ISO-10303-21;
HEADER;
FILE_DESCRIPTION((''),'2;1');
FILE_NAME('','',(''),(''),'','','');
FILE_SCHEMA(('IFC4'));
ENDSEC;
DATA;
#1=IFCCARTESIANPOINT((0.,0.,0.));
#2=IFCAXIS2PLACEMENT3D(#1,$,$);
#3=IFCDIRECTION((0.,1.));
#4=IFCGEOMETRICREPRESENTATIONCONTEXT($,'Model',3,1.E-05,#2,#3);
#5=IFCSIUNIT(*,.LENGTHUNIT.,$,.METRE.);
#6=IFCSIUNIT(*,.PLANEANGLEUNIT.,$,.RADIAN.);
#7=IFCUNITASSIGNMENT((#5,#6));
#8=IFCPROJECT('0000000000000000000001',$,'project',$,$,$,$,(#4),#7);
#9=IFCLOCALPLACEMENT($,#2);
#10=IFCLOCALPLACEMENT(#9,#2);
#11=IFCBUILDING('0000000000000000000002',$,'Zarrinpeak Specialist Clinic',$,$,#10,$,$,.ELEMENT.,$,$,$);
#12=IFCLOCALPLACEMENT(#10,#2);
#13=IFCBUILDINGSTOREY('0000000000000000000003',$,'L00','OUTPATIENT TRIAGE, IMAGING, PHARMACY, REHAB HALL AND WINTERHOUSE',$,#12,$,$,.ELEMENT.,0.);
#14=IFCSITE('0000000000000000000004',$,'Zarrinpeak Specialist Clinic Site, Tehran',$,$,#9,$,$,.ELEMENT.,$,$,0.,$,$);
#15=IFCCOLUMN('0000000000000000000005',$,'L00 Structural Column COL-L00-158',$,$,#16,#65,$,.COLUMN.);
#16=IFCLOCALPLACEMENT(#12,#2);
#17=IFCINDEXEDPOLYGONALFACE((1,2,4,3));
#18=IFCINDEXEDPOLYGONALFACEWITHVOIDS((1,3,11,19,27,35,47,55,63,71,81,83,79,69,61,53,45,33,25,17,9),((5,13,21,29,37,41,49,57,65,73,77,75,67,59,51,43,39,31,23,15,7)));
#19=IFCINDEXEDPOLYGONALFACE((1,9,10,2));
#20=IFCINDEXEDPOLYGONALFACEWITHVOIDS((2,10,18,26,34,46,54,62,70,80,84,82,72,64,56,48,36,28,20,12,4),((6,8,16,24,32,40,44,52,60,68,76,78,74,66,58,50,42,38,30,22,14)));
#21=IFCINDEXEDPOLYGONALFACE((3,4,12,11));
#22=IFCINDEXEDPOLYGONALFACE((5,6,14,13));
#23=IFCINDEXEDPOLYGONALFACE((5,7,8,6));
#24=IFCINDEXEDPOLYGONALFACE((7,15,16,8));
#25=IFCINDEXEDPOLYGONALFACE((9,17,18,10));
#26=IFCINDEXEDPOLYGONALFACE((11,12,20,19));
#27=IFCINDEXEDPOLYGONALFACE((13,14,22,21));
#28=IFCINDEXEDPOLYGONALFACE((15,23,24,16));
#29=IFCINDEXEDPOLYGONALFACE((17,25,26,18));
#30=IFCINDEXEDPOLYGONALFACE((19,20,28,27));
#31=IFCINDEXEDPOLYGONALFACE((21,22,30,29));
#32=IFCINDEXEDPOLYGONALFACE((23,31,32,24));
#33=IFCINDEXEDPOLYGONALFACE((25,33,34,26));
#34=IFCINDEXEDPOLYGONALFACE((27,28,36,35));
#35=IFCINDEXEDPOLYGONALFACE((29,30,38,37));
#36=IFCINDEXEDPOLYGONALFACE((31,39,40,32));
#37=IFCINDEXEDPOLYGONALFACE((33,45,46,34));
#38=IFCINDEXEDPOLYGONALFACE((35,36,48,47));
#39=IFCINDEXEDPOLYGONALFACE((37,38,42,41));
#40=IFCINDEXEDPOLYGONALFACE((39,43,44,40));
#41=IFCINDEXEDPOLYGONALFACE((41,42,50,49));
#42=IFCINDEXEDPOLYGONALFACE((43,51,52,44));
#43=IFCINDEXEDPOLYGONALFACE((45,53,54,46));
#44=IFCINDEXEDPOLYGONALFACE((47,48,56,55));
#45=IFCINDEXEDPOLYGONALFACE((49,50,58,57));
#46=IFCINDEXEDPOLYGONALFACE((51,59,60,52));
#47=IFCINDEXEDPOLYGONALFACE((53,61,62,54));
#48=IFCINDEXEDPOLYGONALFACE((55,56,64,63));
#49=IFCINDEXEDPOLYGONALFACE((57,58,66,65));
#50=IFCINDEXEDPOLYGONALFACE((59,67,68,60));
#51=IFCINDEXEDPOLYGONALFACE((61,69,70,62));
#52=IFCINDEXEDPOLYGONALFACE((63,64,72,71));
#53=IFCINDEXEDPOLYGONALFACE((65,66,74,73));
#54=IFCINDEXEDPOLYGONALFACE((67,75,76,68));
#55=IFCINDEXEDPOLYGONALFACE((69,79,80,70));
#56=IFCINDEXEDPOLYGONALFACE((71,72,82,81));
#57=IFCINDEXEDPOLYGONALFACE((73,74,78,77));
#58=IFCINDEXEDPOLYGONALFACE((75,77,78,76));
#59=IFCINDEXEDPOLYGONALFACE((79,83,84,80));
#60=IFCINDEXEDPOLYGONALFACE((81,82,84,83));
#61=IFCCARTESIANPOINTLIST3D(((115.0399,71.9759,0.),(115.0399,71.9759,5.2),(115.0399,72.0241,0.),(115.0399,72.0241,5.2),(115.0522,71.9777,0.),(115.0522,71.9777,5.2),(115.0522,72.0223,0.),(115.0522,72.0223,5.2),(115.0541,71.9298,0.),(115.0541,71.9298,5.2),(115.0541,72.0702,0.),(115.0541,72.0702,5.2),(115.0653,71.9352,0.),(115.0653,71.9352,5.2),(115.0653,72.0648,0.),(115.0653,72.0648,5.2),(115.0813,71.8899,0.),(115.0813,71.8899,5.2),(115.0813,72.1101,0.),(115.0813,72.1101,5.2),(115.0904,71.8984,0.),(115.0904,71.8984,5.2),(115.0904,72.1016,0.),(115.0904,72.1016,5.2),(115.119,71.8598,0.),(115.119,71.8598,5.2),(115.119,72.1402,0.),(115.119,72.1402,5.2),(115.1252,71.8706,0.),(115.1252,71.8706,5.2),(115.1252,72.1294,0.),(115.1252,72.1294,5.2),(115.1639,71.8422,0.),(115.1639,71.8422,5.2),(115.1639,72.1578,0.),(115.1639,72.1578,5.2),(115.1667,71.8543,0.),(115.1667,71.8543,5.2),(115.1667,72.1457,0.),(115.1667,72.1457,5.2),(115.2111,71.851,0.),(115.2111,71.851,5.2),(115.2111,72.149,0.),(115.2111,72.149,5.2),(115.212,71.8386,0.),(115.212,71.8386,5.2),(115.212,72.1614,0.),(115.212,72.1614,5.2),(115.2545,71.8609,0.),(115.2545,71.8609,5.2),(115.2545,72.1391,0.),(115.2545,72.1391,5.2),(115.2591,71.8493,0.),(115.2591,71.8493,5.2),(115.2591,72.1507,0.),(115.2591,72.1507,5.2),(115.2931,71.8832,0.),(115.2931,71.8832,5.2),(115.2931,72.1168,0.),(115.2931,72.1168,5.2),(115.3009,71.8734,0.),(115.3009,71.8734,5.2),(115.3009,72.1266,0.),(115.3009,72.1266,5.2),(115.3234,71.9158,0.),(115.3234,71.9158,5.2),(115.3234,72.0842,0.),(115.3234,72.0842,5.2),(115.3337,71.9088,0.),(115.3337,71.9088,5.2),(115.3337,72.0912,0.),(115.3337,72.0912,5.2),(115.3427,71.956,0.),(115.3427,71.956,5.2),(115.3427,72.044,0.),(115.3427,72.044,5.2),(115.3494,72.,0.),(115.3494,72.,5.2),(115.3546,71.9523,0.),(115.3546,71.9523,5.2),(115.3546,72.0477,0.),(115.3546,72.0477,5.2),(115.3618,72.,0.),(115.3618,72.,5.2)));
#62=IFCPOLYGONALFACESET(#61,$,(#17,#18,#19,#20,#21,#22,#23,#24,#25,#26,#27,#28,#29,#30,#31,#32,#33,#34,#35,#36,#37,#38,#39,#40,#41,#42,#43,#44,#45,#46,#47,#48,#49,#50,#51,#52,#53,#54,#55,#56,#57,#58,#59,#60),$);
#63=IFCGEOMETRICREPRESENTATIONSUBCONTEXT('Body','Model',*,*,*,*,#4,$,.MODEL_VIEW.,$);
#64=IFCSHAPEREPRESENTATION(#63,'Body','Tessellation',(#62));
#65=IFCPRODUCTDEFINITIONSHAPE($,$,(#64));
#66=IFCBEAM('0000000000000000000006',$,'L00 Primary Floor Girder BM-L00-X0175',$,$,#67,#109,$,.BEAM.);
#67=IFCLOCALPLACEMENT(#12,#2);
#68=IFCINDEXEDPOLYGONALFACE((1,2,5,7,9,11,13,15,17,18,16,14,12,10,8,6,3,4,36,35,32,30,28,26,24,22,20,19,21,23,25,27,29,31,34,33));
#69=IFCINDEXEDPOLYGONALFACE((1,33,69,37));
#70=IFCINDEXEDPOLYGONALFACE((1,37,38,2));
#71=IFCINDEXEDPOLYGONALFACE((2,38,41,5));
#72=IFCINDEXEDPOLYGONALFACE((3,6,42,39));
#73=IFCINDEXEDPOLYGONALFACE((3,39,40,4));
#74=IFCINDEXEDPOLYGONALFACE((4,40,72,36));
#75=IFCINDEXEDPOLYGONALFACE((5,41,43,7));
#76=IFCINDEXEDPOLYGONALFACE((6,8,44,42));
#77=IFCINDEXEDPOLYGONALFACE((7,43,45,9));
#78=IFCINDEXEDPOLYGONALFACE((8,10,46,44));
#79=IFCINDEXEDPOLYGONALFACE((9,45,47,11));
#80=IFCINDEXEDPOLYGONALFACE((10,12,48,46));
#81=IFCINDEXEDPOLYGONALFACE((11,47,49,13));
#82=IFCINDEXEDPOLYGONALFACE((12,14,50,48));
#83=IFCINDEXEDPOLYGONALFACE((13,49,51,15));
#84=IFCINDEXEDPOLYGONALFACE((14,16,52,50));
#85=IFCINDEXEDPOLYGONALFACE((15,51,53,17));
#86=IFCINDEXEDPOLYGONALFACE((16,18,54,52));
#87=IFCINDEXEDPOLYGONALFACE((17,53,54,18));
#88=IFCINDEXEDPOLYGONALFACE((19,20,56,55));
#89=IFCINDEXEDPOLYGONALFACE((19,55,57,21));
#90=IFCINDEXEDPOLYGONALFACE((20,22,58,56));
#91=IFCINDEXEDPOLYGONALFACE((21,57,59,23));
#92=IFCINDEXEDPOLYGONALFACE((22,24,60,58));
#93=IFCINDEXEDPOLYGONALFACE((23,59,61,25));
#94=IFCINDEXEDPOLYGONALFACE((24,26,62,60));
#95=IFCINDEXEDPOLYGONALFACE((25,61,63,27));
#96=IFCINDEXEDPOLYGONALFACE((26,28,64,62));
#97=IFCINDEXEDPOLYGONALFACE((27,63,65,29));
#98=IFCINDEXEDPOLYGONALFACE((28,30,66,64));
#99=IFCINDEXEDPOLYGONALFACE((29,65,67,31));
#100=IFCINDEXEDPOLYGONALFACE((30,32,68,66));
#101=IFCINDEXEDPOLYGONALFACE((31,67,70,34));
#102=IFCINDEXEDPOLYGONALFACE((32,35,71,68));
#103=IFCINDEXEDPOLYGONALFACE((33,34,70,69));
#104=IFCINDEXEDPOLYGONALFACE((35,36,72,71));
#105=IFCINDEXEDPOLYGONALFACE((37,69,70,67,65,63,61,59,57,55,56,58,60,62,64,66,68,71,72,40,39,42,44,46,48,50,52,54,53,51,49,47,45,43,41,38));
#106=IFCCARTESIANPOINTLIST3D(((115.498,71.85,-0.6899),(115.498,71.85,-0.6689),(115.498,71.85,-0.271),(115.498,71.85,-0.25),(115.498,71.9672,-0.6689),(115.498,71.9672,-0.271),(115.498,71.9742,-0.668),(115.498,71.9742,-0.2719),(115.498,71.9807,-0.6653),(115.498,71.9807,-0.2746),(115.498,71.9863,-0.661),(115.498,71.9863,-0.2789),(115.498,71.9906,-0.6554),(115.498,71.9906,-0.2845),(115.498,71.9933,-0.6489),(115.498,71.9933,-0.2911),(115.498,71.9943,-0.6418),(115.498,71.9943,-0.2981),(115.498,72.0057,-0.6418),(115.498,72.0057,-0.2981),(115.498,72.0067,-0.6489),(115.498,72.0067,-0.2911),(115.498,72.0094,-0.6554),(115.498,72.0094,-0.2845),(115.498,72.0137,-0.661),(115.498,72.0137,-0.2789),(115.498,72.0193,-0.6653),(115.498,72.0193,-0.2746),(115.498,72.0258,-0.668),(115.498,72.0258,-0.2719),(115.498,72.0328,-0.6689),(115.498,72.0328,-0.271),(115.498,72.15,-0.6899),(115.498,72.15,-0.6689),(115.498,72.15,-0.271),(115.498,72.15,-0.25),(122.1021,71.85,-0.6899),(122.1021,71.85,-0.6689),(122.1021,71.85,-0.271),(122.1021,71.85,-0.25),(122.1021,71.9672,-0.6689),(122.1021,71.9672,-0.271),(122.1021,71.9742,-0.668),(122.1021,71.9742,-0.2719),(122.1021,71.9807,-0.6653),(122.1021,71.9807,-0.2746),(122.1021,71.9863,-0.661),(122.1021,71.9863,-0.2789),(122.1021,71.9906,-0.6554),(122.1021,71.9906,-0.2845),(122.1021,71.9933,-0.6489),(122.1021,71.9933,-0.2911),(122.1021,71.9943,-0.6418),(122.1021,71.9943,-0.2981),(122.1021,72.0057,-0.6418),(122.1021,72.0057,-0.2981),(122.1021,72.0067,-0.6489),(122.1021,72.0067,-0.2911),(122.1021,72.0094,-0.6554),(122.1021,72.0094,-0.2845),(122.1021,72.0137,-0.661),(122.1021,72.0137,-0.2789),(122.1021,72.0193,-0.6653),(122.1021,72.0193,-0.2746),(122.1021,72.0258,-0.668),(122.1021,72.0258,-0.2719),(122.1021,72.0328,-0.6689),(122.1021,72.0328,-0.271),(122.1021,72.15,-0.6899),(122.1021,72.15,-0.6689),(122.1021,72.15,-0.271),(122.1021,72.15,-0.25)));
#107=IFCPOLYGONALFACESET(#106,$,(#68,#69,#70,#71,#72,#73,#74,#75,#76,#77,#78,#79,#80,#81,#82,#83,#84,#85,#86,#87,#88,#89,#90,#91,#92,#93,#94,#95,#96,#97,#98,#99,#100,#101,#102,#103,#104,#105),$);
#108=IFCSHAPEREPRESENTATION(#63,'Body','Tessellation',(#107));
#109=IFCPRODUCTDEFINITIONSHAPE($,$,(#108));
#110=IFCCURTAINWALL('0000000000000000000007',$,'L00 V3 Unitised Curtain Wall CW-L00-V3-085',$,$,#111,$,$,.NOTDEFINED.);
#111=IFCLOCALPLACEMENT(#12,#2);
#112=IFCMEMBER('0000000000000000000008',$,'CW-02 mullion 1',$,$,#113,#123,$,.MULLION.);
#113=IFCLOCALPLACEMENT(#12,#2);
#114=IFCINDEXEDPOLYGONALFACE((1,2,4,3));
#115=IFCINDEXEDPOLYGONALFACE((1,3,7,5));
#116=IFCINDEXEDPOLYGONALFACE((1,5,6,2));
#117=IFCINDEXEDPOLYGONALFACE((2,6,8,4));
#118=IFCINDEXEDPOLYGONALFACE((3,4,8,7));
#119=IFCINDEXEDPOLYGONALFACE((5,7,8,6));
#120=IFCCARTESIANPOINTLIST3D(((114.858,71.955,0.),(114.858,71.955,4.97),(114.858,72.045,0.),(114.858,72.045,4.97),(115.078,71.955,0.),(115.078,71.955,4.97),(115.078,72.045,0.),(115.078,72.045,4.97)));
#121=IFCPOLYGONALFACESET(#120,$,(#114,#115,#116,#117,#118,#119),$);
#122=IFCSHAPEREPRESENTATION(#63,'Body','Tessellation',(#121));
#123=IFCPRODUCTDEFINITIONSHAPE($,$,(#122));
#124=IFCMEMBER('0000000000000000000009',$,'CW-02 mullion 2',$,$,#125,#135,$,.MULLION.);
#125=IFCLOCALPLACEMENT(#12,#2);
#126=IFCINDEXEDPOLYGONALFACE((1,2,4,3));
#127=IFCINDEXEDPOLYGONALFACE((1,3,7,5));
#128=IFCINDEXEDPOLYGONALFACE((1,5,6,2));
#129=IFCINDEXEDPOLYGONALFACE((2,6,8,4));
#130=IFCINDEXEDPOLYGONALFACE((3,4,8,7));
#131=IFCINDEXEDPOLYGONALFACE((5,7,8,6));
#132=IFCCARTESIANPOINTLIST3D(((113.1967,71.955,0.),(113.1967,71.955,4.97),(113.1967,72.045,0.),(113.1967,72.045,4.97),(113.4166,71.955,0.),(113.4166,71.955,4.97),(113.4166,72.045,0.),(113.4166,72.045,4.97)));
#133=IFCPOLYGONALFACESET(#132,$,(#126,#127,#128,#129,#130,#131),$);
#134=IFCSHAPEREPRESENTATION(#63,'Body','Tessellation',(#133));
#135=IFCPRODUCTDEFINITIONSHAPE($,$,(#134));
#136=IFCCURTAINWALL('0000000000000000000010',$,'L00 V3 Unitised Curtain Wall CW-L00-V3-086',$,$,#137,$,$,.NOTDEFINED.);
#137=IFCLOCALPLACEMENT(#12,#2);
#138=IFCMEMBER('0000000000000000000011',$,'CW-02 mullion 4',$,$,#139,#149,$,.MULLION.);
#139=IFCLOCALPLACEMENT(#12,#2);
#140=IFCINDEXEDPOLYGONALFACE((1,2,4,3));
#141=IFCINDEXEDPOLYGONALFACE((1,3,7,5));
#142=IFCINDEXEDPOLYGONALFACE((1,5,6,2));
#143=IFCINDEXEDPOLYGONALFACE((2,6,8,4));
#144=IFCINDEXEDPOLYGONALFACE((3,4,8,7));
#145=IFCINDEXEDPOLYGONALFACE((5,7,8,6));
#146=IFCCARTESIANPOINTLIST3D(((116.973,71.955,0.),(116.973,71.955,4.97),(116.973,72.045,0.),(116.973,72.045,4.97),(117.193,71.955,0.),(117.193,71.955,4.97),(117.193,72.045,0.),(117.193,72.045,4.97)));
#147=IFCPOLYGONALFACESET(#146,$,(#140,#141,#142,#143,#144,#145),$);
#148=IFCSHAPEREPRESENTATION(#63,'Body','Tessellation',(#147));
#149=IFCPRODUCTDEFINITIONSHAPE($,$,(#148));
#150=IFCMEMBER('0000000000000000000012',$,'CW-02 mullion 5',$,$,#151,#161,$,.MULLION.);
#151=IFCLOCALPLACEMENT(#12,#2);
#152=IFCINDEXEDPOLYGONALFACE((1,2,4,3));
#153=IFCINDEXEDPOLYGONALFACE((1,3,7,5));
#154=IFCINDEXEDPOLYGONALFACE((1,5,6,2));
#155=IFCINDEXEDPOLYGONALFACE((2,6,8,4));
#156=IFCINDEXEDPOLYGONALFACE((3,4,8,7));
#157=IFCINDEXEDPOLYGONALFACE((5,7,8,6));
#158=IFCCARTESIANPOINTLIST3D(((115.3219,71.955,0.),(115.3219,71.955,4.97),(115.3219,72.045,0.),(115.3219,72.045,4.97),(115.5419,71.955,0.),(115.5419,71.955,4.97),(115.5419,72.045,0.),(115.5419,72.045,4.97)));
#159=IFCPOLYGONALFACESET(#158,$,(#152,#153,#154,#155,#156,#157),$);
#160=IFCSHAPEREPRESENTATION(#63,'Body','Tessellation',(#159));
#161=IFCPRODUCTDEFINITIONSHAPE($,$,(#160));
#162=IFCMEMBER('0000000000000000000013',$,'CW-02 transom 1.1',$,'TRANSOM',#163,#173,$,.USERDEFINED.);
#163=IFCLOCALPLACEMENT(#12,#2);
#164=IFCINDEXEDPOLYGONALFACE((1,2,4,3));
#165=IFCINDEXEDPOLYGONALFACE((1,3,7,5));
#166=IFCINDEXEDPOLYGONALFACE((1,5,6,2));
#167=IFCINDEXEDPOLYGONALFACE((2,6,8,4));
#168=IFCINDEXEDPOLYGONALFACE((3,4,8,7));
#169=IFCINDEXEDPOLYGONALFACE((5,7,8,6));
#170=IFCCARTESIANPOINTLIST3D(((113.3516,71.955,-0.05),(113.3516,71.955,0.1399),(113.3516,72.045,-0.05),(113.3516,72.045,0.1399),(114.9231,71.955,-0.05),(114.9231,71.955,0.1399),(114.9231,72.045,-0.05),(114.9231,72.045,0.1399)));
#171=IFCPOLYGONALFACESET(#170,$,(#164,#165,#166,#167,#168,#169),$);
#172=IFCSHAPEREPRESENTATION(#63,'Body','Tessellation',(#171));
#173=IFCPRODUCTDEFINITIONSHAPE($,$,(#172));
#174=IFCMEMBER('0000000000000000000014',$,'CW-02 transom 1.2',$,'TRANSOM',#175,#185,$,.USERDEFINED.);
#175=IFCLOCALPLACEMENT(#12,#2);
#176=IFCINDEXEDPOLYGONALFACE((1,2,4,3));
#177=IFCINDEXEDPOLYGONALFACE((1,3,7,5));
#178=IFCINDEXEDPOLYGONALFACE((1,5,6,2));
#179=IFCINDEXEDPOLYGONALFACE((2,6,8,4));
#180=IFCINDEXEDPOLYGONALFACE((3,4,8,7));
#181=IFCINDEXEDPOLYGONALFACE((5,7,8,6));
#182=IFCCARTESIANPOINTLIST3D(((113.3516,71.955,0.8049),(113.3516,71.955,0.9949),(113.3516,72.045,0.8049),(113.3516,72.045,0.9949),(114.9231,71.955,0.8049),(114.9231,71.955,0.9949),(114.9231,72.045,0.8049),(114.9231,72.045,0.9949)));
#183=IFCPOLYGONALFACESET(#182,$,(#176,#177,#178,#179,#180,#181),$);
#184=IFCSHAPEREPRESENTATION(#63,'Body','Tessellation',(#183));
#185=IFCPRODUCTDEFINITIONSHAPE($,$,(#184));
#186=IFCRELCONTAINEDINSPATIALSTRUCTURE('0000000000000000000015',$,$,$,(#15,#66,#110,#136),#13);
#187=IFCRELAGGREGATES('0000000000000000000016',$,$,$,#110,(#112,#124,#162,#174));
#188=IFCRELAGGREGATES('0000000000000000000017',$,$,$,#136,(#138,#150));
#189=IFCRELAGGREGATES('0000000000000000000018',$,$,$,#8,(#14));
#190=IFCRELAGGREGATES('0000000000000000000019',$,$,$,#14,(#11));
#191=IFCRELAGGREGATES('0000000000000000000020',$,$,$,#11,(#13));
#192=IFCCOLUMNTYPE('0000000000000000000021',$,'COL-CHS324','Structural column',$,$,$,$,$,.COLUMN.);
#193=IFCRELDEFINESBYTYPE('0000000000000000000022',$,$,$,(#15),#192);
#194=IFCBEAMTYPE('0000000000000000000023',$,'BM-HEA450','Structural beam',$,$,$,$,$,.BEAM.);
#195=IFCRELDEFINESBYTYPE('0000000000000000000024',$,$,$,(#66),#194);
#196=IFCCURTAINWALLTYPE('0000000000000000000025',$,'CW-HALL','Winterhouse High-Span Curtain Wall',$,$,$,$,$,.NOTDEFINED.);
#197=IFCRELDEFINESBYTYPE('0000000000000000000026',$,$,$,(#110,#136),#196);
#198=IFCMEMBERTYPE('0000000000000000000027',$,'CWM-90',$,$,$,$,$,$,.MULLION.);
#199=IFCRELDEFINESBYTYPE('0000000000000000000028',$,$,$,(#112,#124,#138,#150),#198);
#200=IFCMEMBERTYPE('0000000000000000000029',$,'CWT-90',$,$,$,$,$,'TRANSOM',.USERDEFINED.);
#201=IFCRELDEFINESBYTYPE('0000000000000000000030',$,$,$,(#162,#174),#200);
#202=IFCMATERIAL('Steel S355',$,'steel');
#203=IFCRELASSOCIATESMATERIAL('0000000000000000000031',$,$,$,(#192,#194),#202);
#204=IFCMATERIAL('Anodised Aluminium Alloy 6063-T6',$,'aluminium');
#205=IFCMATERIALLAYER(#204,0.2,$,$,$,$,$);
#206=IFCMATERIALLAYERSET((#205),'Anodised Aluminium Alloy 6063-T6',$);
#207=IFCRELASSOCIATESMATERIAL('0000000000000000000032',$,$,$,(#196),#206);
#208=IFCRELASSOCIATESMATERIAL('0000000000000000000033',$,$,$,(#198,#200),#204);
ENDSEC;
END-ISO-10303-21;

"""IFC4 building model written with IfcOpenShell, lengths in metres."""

from ifc_helpers import new_model, si_unit, direction, frame, origin, origin_2d, place, context, subcontext, project, spatial, rectangle, hollow_circle, i_section, extrude, material, layer, layer_set, material_profile, profile_set, type_object, element, aggregate, save


model = new_model("IFC4")

# Units and contexts
model_context = context("Model", 3, precision=1e-05, world=origin(), true_north=direction((0.0, 1.0)))
body_context = subcontext(model_context, "Body", "Model", "MODEL_VIEW")
ifc_project = project(units=[si_unit("LENGTHUNIT", "METRE"), si_unit("PLANEANGLEUNIT", "RADIAN")], contexts=[model_context])

# Site, building, storey
site_placement = place(None, origin())
site = spatial("IfcSite", under=ifc_project, at=site_placement, Name="Zarrinpeak Specialist Clinic Site, Tehran", CompositionType="ELEMENT", RefElevation=0.0)
building_placement = place(site_placement, origin())
building = spatial("IfcBuilding", under=site, at=building_placement, Name="Zarrinpeak Specialist Clinic", CompositionType="ELEMENT")
storey_placement = place(building_placement, origin())
storey = spatial("IfcBuildingStorey", under=building, at=storey_placement, Name="L00", Description="OUTPATIENT TRIAGE, IMAGING, PHARMACY, REHAB HALL AND WINTERHOUSE", CompositionType="ELEMENT", Elevation=0.0)

# Column
ifc_material_1 = material(Name="Steel S355", Category="steel")
ifc_material_profile_1 = material_profile(ifc_material_1, hollow_circle(Radius=0.1619, WallThickness=0.0125, at=origin_2d()), Name="CHS 323.9x12.5")
ifc_profile_set_1 = profile_set([ifc_material_profile_1], Name="Steel S355")
column_type = type_object("IfcColumnType", Name="COL-CHS324", Description="Structural column", PredefinedType="COLUMN", material=ifc_profile_set_1)
column_placement = place(storey_placement, frame((115.2, 72.0, 0.0), z_axis=(0.0, 0.0, 1.0), x_axis=(1.0, 0.0, 0.0)))
element("IfcColumn", 1, at=column_placement, inside=storey, type_object=column_type, Name="L00 Structural Column COL-L00-158", PredefinedType="COLUMN", context=body_context, shape_type="SweptSolid", body=[
    extrude(hollow_circle(Radius=0.1619, WallThickness=0.0125, at=origin_2d()), origin(), (0.0, 0.0, 1.0), 5.2),
])

# Beam
ifc_material_profile_2 = material_profile(ifc_material_1, i_section(OverallWidth=0.3, OverallDepth=0.4399, WebThickness=0.0115, FlangeThickness=0.021, FilletRadius=0.0271, at=origin_2d()), Name="HEA 450")
ifc_profile_set_2 = profile_set([ifc_material_profile_2], Name="Steel S355")
beam_type = type_object("IfcBeamType", Name="BM-HEA450", Description="Structural beam", PredefinedType="BEAM", material=ifc_profile_set_2)
beam_placement = place(storey_placement, frame((115.498, 72.0, -0.47), z_axis=(1.0, 0.0, 0.0), x_axis=(0.0, 1.0, 0.0)))
element("IfcBeam", 2, at=beam_placement, inside=storey, type_object=beam_type, Name="L00 Primary Floor Girder BM-L00-X0175", PredefinedType="BEAM", context=body_context, shape_type="SweptSolid", body=[
    extrude(i_section(OverallWidth=0.3, OverallDepth=0.4399, WebThickness=0.0115, FlangeThickness=0.021, FilletRadius=0.0271, at=origin_2d()), origin(), (0.0, 0.0, 1.0), 6.604),
])

# Curtain walls, members
ifc_material_2 = material(Name="Anodised Aluminium Alloy 6063-T6", Category="aluminium")
ifc_layer_1 = layer(ifc_material_2, 0.2)
ifc_layer_set_1 = layer_set([ifc_layer_1], Name="Anodised Aluminium Alloy 6063-T6")
curtain_wall_type = type_object("IfcCurtainWallType", Name="CW-HALL", Description="Winterhouse High-Span Curtain Wall", PredefinedType="NOTDEFINED", material=ifc_layer_set_1)
curtain_wall_1_placement = place(storey_placement, origin())
curtain_wall_1 = element("IfcCurtainWall", 3, at=curtain_wall_1_placement, inside=storey, type_object=curtain_wall_type, Name="L00 V3 Unitised Curtain Wall CW-L00-V3-085", PredefinedType="NOTDEFINED")
ifc_material_profile_3 = material_profile(ifc_material_2, rectangle(XDim=0.0901, YDim=0.22, at=origin_2d()), Name="ALU 90x220")
ifc_profile_set_3 = profile_set([ifc_material_profile_3], Name="Anodised Aluminium Alloy 6063-T6")
member_type_1 = type_object("IfcMemberType", Name="CWM-90", PredefinedType="MULLION", material=ifc_profile_set_3)
member_1_placement = place(storey_placement, frame((114.968, 72.0, 0.0), z_axis=(0.0, 0.0, 1.0), x_axis=(0.0, -1.0, 0.0)))
member_1 = element("IfcMember", 4, at=member_1_placement, type_object=member_type_1, Name="CW-02 mullion 1", PredefinedType="MULLION", context=body_context, shape_type="SweptSolid", body=[
    extrude(rectangle(XDim=0.0901, YDim=0.22, at=origin_2d()), origin(), (0.0, 0.0, 1.0), 4.97),
])
member_2_placement = place(storey_placement, frame((113.3066, 72.0, 0.0), z_axis=(0.0, 0.0, 1.0), x_axis=(0.0, -1.0, 0.0)))
member_2 = element("IfcMember", 5, at=member_2_placement, type_object=member_type_1, Name="CW-02 mullion 2", PredefinedType="MULLION", context=body_context, shape_type="SweptSolid", body=[
    extrude(rectangle(XDim=0.0901, YDim=0.22, at=origin_2d()), origin(), (0.0, 0.0, 1.0), 4.97),
])
curtain_wall_2_placement = place(storey_placement, origin())
curtain_wall_2 = element("IfcCurtainWall", 6, at=curtain_wall_2_placement, inside=storey, type_object=curtain_wall_type, Name="L00 V3 Unitised Curtain Wall CW-L00-V3-086", PredefinedType="NOTDEFINED")
member_3_placement = place(storey_placement, frame((117.083, 72.0, 0.0), z_axis=(0.0, 0.0, 1.0), x_axis=(0.0, -1.0, 0.0)))
member_3 = element("IfcMember", 7, at=member_3_placement, type_object=member_type_1, Name="CW-02 mullion 4", PredefinedType="MULLION", context=body_context, shape_type="SweptSolid", body=[
    extrude(rectangle(XDim=0.0901, YDim=0.22, at=origin_2d()), origin(), (0.0, 0.0, 1.0), 4.97),
])
member_4_placement = place(storey_placement, frame((115.4319, 72.0, 0.0), z_axis=(0.0, 0.0, 1.0), x_axis=(0.0, -1.0, 0.0)))
member_4 = element("IfcMember", 8, at=member_4_placement, type_object=member_type_1, Name="CW-02 mullion 5", PredefinedType="MULLION", context=body_context, shape_type="SweptSolid", body=[
    extrude(rectangle(XDim=0.0901, YDim=0.22, at=origin_2d()), origin(), (0.0, 0.0, 1.0), 4.97),
])

# Members
ifc_material_profile_4 = material_profile(ifc_material_2, rectangle(XDim=0.0901, YDim=0.1899, at=origin_2d()), Name="ALU 90x190")
ifc_profile_set_4 = profile_set([ifc_material_profile_4], Name="Anodised Aluminium Alloy 6063-T6")
member_type_2 = type_object("IfcMemberType", Name="CWT-90", ElementType="TRANSOM", PredefinedType="USERDEFINED", material=ifc_profile_set_4)
member_5_placement = place(storey_placement, frame((114.9231, 72.0, 0.0449), z_axis=(-1.0, 0.0, 0.0), x_axis=(0.0, -1.0, 0.0)))
member_5 = element("IfcMember", 9, at=member_5_placement, type_object=member_type_2, Name="CW-02 transom 1.1", ObjectType="TRANSOM", PredefinedType="USERDEFINED", context=body_context, shape_type="SweptSolid", body=[
    extrude(rectangle(XDim=0.0901, YDim=0.1899, at=origin_2d()), origin(), (0.0, 0.0, 1.0), 1.5715),
])
member_6_placement = place(storey_placement, frame((114.9231, 72.0, 0.8999), z_axis=(-1.0, 0.0, 0.0), x_axis=(0.0, -1.0, 0.0)))
member_6 = element("IfcMember", 10, at=member_6_placement, type_object=member_type_2, Name="CW-02 transom 1.2", ObjectType="TRANSOM", PredefinedType="USERDEFINED", context=body_context, shape_type="SweptSolid", body=[
    extrude(rectangle(XDim=0.0901, YDim=0.1899, at=origin_2d()), origin(), (0.0, 0.0, 1.0), 1.5715),
])

aggregate(curtain_wall_1, [member_1, member_2, member_5, member_6])
aggregate(curtain_wall_2, [member_3, member_4])

save(model, "model.ifc")
